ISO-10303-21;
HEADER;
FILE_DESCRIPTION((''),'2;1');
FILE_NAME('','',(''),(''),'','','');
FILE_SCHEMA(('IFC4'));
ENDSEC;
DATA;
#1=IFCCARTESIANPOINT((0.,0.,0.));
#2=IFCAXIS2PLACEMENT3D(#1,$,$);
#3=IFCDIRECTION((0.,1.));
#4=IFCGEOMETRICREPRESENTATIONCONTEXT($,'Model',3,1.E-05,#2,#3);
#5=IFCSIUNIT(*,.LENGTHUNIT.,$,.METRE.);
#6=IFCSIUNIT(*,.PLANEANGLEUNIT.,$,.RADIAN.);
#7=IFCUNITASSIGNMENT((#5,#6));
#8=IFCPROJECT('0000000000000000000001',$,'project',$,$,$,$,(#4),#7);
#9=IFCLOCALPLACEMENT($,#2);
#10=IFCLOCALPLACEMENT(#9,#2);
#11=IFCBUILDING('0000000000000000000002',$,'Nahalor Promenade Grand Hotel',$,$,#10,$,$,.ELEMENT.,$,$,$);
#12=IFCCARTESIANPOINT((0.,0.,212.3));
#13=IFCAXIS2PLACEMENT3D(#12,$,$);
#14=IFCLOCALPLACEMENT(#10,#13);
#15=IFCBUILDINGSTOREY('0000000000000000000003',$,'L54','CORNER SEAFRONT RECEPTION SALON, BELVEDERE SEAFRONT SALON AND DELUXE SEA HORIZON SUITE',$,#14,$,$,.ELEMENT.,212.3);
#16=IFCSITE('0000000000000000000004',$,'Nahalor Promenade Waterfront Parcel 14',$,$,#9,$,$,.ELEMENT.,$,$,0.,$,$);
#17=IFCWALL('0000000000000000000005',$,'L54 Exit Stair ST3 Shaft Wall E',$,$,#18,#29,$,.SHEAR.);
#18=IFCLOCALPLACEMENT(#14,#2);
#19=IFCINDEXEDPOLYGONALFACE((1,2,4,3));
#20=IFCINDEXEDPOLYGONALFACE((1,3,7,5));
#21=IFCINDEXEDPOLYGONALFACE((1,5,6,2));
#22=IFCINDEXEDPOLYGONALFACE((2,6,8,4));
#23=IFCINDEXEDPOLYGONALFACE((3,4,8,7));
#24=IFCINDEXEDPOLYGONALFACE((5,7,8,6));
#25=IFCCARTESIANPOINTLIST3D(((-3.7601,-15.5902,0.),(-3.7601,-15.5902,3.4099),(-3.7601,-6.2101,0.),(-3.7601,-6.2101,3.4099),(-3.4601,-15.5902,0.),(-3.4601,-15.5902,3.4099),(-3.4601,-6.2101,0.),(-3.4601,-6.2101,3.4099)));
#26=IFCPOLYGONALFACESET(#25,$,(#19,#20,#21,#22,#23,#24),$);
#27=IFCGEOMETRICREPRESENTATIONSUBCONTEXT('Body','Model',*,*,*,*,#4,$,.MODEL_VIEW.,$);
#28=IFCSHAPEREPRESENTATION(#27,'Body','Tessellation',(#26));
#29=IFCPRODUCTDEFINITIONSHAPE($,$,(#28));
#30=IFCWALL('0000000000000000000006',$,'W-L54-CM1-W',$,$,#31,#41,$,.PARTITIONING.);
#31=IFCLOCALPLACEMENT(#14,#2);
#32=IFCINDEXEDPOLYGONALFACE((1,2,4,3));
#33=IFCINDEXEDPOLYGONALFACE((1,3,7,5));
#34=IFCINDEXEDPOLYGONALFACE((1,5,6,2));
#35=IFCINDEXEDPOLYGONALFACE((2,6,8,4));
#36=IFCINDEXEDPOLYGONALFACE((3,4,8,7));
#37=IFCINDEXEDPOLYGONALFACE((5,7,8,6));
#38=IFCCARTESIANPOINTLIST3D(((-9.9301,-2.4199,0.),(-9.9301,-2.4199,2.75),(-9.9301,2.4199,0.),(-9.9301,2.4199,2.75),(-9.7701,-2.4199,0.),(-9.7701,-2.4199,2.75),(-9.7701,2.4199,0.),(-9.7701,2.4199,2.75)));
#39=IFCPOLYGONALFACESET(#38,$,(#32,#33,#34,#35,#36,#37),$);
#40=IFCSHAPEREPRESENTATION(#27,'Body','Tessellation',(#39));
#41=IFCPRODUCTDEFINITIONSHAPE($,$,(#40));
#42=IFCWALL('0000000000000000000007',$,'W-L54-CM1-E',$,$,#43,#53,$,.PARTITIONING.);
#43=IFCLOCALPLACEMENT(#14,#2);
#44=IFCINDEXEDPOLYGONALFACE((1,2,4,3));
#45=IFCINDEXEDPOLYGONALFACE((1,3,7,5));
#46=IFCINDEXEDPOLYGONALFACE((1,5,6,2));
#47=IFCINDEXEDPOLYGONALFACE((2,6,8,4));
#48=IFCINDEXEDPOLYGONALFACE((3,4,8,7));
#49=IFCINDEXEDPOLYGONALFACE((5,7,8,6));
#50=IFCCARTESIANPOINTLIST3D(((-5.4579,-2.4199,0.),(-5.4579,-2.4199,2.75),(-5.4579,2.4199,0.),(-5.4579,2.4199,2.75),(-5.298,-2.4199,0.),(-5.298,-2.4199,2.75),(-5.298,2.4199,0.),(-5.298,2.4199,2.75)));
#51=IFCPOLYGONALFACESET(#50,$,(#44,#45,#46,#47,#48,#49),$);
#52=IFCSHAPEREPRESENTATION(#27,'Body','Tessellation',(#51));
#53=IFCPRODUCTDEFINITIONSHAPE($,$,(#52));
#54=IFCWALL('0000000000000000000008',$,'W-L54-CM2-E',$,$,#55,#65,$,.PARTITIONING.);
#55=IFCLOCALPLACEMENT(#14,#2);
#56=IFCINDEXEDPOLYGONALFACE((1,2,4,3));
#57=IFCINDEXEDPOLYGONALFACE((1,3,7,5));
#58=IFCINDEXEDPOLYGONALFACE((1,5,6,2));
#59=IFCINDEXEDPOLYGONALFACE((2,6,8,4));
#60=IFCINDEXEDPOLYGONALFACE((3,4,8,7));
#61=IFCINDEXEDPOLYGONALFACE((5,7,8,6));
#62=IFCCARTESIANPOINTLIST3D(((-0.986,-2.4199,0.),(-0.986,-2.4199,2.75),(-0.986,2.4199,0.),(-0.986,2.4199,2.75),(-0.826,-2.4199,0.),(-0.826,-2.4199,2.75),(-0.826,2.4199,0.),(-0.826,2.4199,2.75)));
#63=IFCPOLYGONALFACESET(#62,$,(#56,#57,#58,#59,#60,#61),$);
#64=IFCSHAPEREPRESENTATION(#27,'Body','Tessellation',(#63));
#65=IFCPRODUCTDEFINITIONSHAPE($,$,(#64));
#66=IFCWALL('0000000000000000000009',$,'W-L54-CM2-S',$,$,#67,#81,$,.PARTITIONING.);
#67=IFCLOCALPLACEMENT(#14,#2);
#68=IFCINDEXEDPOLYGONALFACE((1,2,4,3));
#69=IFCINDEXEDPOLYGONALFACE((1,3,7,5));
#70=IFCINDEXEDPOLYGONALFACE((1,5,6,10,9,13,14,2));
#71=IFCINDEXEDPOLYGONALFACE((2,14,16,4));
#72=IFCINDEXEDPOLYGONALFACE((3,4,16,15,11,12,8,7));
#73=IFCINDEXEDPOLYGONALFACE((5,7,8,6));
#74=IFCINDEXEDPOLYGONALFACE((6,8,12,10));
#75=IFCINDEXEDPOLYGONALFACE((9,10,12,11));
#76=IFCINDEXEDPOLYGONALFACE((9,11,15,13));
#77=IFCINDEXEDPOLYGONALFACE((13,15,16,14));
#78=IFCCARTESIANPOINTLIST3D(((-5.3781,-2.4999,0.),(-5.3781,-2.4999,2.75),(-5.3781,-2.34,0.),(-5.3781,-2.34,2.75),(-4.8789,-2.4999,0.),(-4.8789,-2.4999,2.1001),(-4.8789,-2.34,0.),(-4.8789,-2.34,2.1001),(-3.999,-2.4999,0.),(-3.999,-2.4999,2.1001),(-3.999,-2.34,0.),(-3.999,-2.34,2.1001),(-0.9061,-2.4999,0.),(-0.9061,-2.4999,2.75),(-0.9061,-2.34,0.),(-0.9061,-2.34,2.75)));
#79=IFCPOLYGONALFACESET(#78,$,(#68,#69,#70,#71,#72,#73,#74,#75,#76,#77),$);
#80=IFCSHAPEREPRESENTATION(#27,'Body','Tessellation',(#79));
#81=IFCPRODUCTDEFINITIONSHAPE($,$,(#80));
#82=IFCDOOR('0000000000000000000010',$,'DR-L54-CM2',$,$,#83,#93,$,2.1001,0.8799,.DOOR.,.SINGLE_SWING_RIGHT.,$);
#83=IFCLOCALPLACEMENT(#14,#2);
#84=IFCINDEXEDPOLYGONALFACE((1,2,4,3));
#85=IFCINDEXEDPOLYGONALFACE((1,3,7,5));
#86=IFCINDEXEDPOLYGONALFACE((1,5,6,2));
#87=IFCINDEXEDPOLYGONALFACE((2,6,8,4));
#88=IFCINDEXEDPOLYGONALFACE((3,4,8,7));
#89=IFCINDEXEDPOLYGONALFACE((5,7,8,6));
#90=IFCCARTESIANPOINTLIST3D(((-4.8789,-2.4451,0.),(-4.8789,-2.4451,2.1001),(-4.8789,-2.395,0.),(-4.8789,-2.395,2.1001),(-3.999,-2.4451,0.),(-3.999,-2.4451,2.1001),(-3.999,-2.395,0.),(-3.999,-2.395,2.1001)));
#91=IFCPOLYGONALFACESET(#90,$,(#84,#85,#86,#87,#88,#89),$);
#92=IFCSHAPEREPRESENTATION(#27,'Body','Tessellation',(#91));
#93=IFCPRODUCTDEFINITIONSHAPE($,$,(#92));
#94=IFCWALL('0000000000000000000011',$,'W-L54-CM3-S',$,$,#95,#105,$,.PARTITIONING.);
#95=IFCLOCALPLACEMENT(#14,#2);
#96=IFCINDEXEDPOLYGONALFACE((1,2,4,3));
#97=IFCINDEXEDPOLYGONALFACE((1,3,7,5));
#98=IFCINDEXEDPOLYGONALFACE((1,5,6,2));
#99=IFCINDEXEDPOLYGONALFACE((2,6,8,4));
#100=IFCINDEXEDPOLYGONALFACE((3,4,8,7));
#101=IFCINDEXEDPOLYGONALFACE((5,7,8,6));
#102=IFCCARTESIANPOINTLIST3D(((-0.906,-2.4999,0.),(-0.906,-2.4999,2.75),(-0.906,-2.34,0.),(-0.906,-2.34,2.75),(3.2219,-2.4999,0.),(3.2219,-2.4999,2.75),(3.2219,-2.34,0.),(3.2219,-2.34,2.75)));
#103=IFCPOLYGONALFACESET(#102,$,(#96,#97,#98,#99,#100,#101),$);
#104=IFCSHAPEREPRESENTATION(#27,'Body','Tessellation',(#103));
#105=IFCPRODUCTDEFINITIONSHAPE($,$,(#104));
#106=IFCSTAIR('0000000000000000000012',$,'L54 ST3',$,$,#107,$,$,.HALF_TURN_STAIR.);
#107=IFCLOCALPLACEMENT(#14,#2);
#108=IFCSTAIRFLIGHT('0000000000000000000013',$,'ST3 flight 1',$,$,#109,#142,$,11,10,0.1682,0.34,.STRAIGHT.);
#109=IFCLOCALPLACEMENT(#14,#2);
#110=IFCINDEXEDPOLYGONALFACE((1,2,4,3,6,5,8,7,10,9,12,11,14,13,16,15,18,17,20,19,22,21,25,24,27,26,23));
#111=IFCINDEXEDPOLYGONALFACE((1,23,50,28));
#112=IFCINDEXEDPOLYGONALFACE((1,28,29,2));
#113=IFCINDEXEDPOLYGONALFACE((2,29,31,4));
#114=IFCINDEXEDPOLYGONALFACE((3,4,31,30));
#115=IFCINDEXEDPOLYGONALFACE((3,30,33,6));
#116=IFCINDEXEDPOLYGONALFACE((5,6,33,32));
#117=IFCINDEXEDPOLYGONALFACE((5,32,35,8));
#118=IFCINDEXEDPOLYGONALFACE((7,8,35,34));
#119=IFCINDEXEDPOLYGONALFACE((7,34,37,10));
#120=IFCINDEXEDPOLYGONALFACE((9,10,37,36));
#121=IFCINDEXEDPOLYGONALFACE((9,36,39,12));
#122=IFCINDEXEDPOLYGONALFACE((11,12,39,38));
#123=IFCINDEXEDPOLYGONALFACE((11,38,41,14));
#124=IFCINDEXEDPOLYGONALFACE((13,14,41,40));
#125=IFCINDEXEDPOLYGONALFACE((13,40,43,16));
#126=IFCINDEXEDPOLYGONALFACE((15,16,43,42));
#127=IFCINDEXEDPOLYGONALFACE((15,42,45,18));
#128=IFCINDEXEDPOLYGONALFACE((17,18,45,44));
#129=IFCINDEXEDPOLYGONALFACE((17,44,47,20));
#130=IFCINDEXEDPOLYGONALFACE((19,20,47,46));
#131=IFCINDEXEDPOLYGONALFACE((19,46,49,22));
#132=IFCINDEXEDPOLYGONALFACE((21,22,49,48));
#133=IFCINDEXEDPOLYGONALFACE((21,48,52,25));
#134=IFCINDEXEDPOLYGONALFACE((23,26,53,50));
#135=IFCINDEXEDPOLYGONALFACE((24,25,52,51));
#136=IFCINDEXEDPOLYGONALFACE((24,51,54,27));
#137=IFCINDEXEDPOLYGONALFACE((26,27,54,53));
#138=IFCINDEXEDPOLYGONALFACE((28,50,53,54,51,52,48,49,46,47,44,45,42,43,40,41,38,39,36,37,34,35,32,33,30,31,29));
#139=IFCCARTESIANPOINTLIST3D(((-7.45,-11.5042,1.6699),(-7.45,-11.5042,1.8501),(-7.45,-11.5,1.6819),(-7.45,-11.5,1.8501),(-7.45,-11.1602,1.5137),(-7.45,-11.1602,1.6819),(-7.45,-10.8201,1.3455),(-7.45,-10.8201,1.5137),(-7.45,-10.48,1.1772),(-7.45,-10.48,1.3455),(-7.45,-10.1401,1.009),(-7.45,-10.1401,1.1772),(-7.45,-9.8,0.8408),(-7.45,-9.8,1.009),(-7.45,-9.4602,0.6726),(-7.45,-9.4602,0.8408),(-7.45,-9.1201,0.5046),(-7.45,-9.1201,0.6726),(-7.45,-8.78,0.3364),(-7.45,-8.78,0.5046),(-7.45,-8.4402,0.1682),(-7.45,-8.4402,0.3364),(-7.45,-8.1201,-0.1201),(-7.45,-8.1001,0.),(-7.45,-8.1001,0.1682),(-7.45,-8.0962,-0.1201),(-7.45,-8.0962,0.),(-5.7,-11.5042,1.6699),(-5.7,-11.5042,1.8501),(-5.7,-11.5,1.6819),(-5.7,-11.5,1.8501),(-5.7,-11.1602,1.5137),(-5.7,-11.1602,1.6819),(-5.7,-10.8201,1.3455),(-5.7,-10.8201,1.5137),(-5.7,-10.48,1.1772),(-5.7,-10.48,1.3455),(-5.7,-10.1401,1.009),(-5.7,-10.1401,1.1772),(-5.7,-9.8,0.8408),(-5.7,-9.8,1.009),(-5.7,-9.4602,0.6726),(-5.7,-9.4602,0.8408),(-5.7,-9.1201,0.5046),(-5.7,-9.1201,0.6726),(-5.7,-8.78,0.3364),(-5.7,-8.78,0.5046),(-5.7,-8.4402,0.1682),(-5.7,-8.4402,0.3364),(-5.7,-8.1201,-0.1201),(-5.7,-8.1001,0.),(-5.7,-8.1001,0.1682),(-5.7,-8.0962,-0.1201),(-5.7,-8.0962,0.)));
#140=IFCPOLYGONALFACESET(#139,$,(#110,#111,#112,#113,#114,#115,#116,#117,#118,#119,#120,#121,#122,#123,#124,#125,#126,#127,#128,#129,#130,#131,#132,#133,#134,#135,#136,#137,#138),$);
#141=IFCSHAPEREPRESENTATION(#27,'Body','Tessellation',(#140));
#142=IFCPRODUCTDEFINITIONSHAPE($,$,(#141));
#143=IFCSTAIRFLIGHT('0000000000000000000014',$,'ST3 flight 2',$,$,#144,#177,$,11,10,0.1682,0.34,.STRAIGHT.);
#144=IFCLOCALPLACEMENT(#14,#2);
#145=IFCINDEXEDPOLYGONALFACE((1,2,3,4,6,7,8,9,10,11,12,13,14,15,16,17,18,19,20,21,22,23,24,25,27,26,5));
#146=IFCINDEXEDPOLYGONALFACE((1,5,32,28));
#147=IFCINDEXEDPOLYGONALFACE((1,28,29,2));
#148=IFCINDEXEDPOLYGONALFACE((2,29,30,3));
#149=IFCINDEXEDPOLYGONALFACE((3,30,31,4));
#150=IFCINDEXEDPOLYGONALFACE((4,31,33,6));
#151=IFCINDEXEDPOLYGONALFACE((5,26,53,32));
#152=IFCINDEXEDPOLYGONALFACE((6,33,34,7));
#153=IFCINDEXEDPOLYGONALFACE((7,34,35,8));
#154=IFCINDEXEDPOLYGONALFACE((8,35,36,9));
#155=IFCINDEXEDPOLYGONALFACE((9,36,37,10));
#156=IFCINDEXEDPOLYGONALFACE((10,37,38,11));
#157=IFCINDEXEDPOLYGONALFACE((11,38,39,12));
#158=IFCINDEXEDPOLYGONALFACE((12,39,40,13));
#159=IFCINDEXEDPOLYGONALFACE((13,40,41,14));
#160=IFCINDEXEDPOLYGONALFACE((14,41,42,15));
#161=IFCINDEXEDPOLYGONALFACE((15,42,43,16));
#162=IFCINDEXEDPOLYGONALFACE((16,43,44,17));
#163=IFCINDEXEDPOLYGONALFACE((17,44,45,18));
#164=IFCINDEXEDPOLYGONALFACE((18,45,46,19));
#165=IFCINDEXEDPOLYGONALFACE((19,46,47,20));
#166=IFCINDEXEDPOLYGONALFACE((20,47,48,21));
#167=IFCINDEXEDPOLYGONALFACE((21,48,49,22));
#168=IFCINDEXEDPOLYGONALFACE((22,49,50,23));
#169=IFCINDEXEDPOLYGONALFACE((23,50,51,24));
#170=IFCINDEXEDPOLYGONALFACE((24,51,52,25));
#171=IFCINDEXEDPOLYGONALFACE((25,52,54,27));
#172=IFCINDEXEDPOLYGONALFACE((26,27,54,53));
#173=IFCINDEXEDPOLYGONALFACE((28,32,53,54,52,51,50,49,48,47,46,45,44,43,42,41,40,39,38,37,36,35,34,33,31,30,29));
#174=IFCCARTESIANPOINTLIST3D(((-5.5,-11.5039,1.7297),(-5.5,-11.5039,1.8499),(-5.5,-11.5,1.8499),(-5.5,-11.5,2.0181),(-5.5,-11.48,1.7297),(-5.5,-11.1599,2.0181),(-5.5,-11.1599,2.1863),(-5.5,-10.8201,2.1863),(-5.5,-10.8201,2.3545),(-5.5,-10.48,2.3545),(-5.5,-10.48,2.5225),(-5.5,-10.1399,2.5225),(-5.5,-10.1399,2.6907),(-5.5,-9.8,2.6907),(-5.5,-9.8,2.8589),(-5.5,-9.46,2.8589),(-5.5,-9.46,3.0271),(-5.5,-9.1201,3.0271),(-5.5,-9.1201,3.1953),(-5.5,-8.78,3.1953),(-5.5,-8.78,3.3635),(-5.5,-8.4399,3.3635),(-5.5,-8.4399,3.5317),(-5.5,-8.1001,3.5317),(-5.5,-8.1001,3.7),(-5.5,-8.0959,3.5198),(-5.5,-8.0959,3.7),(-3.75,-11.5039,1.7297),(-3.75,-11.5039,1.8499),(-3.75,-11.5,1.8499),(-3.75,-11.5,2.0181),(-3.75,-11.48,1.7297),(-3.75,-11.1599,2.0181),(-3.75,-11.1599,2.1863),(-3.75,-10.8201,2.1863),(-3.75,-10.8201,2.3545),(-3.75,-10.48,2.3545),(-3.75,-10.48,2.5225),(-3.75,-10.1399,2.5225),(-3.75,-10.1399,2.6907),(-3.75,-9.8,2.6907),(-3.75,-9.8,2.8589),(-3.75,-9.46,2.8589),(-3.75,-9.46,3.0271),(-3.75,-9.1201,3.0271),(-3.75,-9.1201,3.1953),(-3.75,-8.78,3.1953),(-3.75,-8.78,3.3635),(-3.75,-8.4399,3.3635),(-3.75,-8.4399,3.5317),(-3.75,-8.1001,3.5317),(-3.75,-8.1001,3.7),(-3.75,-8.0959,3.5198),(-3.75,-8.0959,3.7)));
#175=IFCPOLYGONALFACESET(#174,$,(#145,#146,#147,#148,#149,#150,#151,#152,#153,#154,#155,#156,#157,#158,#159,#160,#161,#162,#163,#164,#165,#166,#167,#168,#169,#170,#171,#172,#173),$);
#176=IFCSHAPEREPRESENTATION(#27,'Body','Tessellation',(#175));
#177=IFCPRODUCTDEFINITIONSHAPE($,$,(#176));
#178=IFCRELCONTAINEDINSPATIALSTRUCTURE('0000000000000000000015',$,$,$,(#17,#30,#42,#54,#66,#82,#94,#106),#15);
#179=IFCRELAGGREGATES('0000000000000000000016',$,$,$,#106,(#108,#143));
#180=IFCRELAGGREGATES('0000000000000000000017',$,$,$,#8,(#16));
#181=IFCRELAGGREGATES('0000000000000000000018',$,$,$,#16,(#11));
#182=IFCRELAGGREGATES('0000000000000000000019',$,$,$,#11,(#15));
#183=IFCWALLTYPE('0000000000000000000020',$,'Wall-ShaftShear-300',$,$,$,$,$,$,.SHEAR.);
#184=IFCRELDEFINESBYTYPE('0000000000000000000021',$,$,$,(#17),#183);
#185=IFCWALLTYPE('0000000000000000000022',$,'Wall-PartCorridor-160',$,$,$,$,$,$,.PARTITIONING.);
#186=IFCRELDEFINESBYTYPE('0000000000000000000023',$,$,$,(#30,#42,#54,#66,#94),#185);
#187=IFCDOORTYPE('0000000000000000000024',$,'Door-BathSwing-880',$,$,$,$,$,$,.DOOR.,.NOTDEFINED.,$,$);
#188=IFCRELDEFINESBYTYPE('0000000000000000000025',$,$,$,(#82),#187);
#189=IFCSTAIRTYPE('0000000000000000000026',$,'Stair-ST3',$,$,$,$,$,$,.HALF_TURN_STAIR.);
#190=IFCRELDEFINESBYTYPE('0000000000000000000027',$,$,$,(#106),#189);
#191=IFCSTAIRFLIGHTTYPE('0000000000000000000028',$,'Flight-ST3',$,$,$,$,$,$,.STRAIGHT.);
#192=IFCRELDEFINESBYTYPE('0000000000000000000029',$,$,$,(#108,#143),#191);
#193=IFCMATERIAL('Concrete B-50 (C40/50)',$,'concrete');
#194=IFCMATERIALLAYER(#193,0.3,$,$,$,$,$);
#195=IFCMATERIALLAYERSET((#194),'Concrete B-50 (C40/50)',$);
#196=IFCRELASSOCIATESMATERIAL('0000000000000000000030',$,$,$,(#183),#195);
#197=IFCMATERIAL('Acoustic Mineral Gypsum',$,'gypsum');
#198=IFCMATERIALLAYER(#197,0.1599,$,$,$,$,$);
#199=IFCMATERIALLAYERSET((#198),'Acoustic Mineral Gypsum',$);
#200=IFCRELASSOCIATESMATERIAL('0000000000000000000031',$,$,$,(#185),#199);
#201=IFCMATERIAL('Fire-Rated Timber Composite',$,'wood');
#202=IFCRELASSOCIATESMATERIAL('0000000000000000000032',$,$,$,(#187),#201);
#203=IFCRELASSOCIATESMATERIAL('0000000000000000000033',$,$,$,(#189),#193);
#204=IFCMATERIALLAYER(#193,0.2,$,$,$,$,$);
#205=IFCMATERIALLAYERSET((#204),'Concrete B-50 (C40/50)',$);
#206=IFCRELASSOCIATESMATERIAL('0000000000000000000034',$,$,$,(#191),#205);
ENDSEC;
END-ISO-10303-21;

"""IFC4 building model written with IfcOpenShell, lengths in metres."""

from ifc_helpers import new_model, si_unit, direction, frame, frame_2d, origin, place, context, subcontext, project, spatial, polyline, rectangle, outline, extrude, source, transform, mapped, material, layer, layer_set, type_object, element, fill, aggregate, save


model = new_model("IFC4")

# Units and contexts
model_context = context("Model", 3, precision=1e-05, world=origin(), true_north=direction((0.0, 1.0)))
body_context = subcontext(model_context, "Body", "Model", "MODEL_VIEW")
ifc_project = project(units=[si_unit("LENGTHUNIT", "METRE"), si_unit("PLANEANGLEUNIT", "RADIAN")], contexts=[model_context])

# Site, building, storey
site_placement = place(None, origin())
site = spatial("IfcSite", under=ifc_project, at=site_placement, Name="Nahalor Promenade Waterfront Parcel 14", CompositionType="ELEMENT", RefElevation=0.0)
building_placement = place(site_placement, origin())
building = spatial("IfcBuilding", under=site, at=building_placement, Name="Nahalor Promenade Grand Hotel", CompositionType="ELEMENT")
storey_placement = place(building_placement, frame((0.0, 0.0, 212.3)))
storey = spatial("IfcBuildingStorey", under=building, at=storey_placement, Name="L54", Description="CORNER SEAFRONT RECEPTION SALON, BELVEDERE SEAFRONT SALON AND DELUXE SEA HORIZON SUITE", CompositionType="ELEMENT", Elevation=212.3)

# Shared definitions
ifc_material_1 = material(Name="Concrete B-50 (C40/50)", Category="concrete")
ifc_layer_1 = layer(ifc_material_1, 0.3)
ifc_layer_set_1 = layer_set([ifc_layer_1], Name="Concrete B-50 (C40/50)")
wall_type_1 = type_object("IfcWallType", Name="Wall-ShaftShear-300", PredefinedType="SHEAR", material=ifc_layer_set_1)

# Walls
shared_shape_1 = source(origin(), body_context, "Body", "SweptSolid", [
    extrude(rectangle(XDim=9.3801, YDim=0.3, at=frame_2d((4.6899, 0.0))), origin(), (0.0, 0.0, 1.0), 3.4099),
])
for number, where, z_axis, x_axis, name in (
    (1, (-3.6101, -15.5901, 0.0), (0.0, 0.0, 1.0), (0.0, 1.0, 0.0), "L54 Exit Stair ST3 Shaft Wall E"),
):
    element("IfcWall", number, at=place(storey_placement, frame(where, z_axis=z_axis, x_axis=x_axis)), inside=storey, type_object=wall_type_1, Name=name, PredefinedType="SHEAR", context=body_context, shape_type="MappedRepresentation", body=[
        mapped(shared_shape_1, transform((0.0, 0.0, 0.0), scale=1.0)),
    ])
ifc_material_2 = material(Name="Acoustic Mineral Gypsum", Category="gypsum")
ifc_layer_2 = layer(ifc_material_2, 0.1599)
ifc_layer_set_2 = layer_set([ifc_layer_2], Name="Acoustic Mineral Gypsum")
wall_type_2 = type_object("IfcWallType", Name="Wall-PartCorridor-160", PredefinedType="PARTITIONING", material=ifc_layer_set_2)
shared_shape_2 = source(origin(), body_context, "Body", "SweptSolid", [
    extrude(rectangle(XDim=4.8398, YDim=0.1599, at=frame_2d((2.4199, 0.0))), origin(), (0.0, 0.0, 1.0), 2.75),
])
for number, where, z_axis, x_axis, name in (
    (2, (-9.8501, -2.4199, 0.0), (0.0, 0.0, 1.0), (0.0, 1.0, 0.0), "W-L54-CM1-W"),
    (3, (-5.3779, -2.4199, 0.0), (0.0, 0.0, 1.0), (0.0, 1.0, 0.0), "W-L54-CM1-E"),
    (4, (-0.906, -2.4199, 0.0), (0.0, 0.0, 1.0), (0.0, 1.0, 0.0), "W-L54-CM2-E"),
):
    element("IfcWall", number, at=place(storey_placement, frame(where, z_axis=z_axis, x_axis=x_axis)), inside=storey, type_object=wall_type_2, Name=name, PredefinedType="PARTITIONING", context=body_context, shape_type="MappedRepresentation", body=[
        mapped(shared_shape_2, transform((0.0, 0.0, 0.0), scale=1.0)),
    ])

# Wall, opening, door
ifc_material_3 = material(Name="Fire-Rated Timber Composite", Category="wood")
shared_shape_3 = source(origin(), body_context, "Body", "SweptSolid", [
    extrude(rectangle(XDim=4.4719, YDim=0.1599, at=frame_2d((2.2358, 0.0))), origin(), (0.0, 0.0, 1.0), 2.75),
])
wall_1_placement = place(storey_placement, frame((-5.3779, -2.4199, 0.0), z_axis=(0.0, 0.0, 1.0), x_axis=(1.0, 0.0, 0.0)))
wall_1 = element("IfcWall", 5, at=wall_1_placement, inside=storey, type_object=wall_type_2, Name="W-L54-CM2-S", PredefinedType="PARTITIONING", context=body_context, shape_type="MappedRepresentation", body=[
    mapped(shared_shape_3, transform((0.0, 0.0, 0.0), scale=1.0)),
])
opening_1_placement = place(wall_1_placement, frame((0.499, 0.0, 0.0)))
opening_1 = element("IfcOpeningElement", 6, at=opening_1_placement, cuts=wall_1, PredefinedType="OPENING", context=body_context, shape_type="SweptSolid", body=[
    extrude(rectangle(XDim=0.8799, YDim=2.1001, at=frame_2d((0.4399, 1.05))), frame((0.0, 0.0898, 0.0), z_axis=(0.0, -1.0, 0.0), x_axis=(1.0, 0.0, 0.0)), (0.0, 0.0, 1.0), 0.1799),
])
door_type_1 = type_object("IfcDoorType", Name="Door-BathSwing-880", OperationType="NOTDEFINED", PredefinedType="DOOR", material=ifc_material_3)
shared_shape_4 = source(origin(), body_context, "Body", "SweptSolid", [
    extrude(rectangle(XDim=0.8799, YDim=2.1001, at=frame_2d((0.4399, 1.05))), frame((0.0, 0.0249, 0.0), z_axis=(0.0, -1.0, 0.0), x_axis=(1.0, 0.0, 0.0)), (0.0, 0.0, 1.0), 0.05),
])
door_1_placement = place(opening_1_placement, origin())
door_1 = element("IfcDoor", 7, at=door_1_placement, inside=storey, type_object=door_type_1, Name="DR-L54-CM2", OperationType="SINGLE_SWING_RIGHT", OverallHeight=2.1001, OverallWidth=0.8799, PredefinedType="DOOR", context=body_context, shape_type="MappedRepresentation", body=[
    mapped(shared_shape_4, transform((0.0, 0.0, 0.0), scale=1.0)),
])
fill(opening_1, door_1)

# Wall
shared_shape_5 = source(origin(), body_context, "Body", "SweptSolid", [
    extrude(rectangle(XDim=4.1279, YDim=0.1599, at=frame_2d((2.064, 0.0))), origin(), (0.0, 0.0, 1.0), 2.75),
])
wall_2_placement = place(storey_placement, frame((-0.906, -2.4199, 0.0), z_axis=(0.0, 0.0, 1.0), x_axis=(1.0, 0.0, 0.0)))
element("IfcWall", 8, at=wall_2_placement, inside=storey, type_object=wall_type_2, Name="W-L54-CM3-S", PredefinedType="PARTITIONING", context=body_context, shape_type="MappedRepresentation", body=[
    mapped(shared_shape_5, transform((0.0, 0.0, 0.0), scale=1.0)),
])

# Stair, stair flights
stair_type = type_object("IfcStairType", Name="Stair-ST3", PredefinedType="HALF_TURN_STAIR", material=ifc_material_1)
stair_placement = place(storey_placement, origin())
stair = element("IfcStair", 9, at=stair_placement, inside=storey, type_object=stair_type, Name="L54 ST3", PredefinedType="HALF_TURN_STAIR")
ifc_layer_3 = layer(ifc_material_1, 0.2)
ifc_layer_set_3 = layer_set([ifc_layer_3], Name="Concrete B-50 (C40/50)")
stair_flight_type = type_object("IfcStairFlightType", Name="Flight-ST3", PredefinedType="STRAIGHT", material=ifc_layer_set_3)
shared_shape_6 = source(origin(), body_context, "Body", "SweptSolid", [
    extrude(outline(polyline([(-0.0039, -0.1201), (-0.0039, 0.0), (0.0, 0.0), (0.0, 0.1682), (0.3401, 0.1682), (0.3401, 0.3364), (0.6799, 0.3364), (0.6799, 0.5046), (1.02, 0.5046), (1.02, 0.6726), (1.3601, 0.6726), (1.3601, 0.8408), (1.7, 0.8408), (1.7, 1.009), (2.04, 1.009), (2.04, 1.1772), (2.3799, 1.1772), (2.3799, 1.3455), (2.72, 1.3455), (2.72, 1.5137), (3.0601, 1.5137), (3.0601, 1.6819), (3.3999, 1.6819), (3.3999, 1.8501), (3.4041, 1.8501), (3.4041, 1.6699), (0.02, -0.1201), (-0.0039, -0.1201)])), frame((0.0, 0.875, 0.0), z_axis=(0.0, -1.0, 0.0), x_axis=(1.0, 0.0, 0.0)), (0.0, 0.0, 1.0), 1.75),
])
stair_flight_1_placement = place(storey_placement, frame((-6.575, -8.1001, 0.0), z_axis=(0.0, 0.0, 1.0), x_axis=(0.0, -1.0, 0.0)))
stair_flight_1 = element("IfcStairFlight", 10, at=stair_flight_1_placement, type_object=stair_flight_type, Name="ST3 flight 1", NumberOfRisers=11, NumberOfTreads=10, PredefinedType="STRAIGHT", RiserHeight=0.1682, TreadLength=0.34, context=body_context, shape_type="MappedRepresentation", body=[
    mapped(shared_shape_6, transform((0.0, 0.0, 0.0), scale=1.0)),
])
stair_flight_2_placement = place(storey_placement, frame((-4.625, -11.5, 1.8499), z_axis=(0.0, 0.0, 1.0), x_axis=(0.0, 1.0, 0.0)))
stair_flight_2 = element("IfcStairFlight", 11, at=stair_flight_2_placement, type_object=stair_flight_type, Name="ST3 flight 2", NumberOfRisers=11, NumberOfTreads=10, PredefinedType="STRAIGHT", RiserHeight=0.1682, TreadLength=0.34, context=body_context, shape_type="MappedRepresentation", body=[
    mapped(shared_shape_6, transform((0.0, 0.0, 0.0), scale=1.0)),
])
aggregate(stair, [stair_flight_1, stair_flight_2])

save(model, "model.ifc")
